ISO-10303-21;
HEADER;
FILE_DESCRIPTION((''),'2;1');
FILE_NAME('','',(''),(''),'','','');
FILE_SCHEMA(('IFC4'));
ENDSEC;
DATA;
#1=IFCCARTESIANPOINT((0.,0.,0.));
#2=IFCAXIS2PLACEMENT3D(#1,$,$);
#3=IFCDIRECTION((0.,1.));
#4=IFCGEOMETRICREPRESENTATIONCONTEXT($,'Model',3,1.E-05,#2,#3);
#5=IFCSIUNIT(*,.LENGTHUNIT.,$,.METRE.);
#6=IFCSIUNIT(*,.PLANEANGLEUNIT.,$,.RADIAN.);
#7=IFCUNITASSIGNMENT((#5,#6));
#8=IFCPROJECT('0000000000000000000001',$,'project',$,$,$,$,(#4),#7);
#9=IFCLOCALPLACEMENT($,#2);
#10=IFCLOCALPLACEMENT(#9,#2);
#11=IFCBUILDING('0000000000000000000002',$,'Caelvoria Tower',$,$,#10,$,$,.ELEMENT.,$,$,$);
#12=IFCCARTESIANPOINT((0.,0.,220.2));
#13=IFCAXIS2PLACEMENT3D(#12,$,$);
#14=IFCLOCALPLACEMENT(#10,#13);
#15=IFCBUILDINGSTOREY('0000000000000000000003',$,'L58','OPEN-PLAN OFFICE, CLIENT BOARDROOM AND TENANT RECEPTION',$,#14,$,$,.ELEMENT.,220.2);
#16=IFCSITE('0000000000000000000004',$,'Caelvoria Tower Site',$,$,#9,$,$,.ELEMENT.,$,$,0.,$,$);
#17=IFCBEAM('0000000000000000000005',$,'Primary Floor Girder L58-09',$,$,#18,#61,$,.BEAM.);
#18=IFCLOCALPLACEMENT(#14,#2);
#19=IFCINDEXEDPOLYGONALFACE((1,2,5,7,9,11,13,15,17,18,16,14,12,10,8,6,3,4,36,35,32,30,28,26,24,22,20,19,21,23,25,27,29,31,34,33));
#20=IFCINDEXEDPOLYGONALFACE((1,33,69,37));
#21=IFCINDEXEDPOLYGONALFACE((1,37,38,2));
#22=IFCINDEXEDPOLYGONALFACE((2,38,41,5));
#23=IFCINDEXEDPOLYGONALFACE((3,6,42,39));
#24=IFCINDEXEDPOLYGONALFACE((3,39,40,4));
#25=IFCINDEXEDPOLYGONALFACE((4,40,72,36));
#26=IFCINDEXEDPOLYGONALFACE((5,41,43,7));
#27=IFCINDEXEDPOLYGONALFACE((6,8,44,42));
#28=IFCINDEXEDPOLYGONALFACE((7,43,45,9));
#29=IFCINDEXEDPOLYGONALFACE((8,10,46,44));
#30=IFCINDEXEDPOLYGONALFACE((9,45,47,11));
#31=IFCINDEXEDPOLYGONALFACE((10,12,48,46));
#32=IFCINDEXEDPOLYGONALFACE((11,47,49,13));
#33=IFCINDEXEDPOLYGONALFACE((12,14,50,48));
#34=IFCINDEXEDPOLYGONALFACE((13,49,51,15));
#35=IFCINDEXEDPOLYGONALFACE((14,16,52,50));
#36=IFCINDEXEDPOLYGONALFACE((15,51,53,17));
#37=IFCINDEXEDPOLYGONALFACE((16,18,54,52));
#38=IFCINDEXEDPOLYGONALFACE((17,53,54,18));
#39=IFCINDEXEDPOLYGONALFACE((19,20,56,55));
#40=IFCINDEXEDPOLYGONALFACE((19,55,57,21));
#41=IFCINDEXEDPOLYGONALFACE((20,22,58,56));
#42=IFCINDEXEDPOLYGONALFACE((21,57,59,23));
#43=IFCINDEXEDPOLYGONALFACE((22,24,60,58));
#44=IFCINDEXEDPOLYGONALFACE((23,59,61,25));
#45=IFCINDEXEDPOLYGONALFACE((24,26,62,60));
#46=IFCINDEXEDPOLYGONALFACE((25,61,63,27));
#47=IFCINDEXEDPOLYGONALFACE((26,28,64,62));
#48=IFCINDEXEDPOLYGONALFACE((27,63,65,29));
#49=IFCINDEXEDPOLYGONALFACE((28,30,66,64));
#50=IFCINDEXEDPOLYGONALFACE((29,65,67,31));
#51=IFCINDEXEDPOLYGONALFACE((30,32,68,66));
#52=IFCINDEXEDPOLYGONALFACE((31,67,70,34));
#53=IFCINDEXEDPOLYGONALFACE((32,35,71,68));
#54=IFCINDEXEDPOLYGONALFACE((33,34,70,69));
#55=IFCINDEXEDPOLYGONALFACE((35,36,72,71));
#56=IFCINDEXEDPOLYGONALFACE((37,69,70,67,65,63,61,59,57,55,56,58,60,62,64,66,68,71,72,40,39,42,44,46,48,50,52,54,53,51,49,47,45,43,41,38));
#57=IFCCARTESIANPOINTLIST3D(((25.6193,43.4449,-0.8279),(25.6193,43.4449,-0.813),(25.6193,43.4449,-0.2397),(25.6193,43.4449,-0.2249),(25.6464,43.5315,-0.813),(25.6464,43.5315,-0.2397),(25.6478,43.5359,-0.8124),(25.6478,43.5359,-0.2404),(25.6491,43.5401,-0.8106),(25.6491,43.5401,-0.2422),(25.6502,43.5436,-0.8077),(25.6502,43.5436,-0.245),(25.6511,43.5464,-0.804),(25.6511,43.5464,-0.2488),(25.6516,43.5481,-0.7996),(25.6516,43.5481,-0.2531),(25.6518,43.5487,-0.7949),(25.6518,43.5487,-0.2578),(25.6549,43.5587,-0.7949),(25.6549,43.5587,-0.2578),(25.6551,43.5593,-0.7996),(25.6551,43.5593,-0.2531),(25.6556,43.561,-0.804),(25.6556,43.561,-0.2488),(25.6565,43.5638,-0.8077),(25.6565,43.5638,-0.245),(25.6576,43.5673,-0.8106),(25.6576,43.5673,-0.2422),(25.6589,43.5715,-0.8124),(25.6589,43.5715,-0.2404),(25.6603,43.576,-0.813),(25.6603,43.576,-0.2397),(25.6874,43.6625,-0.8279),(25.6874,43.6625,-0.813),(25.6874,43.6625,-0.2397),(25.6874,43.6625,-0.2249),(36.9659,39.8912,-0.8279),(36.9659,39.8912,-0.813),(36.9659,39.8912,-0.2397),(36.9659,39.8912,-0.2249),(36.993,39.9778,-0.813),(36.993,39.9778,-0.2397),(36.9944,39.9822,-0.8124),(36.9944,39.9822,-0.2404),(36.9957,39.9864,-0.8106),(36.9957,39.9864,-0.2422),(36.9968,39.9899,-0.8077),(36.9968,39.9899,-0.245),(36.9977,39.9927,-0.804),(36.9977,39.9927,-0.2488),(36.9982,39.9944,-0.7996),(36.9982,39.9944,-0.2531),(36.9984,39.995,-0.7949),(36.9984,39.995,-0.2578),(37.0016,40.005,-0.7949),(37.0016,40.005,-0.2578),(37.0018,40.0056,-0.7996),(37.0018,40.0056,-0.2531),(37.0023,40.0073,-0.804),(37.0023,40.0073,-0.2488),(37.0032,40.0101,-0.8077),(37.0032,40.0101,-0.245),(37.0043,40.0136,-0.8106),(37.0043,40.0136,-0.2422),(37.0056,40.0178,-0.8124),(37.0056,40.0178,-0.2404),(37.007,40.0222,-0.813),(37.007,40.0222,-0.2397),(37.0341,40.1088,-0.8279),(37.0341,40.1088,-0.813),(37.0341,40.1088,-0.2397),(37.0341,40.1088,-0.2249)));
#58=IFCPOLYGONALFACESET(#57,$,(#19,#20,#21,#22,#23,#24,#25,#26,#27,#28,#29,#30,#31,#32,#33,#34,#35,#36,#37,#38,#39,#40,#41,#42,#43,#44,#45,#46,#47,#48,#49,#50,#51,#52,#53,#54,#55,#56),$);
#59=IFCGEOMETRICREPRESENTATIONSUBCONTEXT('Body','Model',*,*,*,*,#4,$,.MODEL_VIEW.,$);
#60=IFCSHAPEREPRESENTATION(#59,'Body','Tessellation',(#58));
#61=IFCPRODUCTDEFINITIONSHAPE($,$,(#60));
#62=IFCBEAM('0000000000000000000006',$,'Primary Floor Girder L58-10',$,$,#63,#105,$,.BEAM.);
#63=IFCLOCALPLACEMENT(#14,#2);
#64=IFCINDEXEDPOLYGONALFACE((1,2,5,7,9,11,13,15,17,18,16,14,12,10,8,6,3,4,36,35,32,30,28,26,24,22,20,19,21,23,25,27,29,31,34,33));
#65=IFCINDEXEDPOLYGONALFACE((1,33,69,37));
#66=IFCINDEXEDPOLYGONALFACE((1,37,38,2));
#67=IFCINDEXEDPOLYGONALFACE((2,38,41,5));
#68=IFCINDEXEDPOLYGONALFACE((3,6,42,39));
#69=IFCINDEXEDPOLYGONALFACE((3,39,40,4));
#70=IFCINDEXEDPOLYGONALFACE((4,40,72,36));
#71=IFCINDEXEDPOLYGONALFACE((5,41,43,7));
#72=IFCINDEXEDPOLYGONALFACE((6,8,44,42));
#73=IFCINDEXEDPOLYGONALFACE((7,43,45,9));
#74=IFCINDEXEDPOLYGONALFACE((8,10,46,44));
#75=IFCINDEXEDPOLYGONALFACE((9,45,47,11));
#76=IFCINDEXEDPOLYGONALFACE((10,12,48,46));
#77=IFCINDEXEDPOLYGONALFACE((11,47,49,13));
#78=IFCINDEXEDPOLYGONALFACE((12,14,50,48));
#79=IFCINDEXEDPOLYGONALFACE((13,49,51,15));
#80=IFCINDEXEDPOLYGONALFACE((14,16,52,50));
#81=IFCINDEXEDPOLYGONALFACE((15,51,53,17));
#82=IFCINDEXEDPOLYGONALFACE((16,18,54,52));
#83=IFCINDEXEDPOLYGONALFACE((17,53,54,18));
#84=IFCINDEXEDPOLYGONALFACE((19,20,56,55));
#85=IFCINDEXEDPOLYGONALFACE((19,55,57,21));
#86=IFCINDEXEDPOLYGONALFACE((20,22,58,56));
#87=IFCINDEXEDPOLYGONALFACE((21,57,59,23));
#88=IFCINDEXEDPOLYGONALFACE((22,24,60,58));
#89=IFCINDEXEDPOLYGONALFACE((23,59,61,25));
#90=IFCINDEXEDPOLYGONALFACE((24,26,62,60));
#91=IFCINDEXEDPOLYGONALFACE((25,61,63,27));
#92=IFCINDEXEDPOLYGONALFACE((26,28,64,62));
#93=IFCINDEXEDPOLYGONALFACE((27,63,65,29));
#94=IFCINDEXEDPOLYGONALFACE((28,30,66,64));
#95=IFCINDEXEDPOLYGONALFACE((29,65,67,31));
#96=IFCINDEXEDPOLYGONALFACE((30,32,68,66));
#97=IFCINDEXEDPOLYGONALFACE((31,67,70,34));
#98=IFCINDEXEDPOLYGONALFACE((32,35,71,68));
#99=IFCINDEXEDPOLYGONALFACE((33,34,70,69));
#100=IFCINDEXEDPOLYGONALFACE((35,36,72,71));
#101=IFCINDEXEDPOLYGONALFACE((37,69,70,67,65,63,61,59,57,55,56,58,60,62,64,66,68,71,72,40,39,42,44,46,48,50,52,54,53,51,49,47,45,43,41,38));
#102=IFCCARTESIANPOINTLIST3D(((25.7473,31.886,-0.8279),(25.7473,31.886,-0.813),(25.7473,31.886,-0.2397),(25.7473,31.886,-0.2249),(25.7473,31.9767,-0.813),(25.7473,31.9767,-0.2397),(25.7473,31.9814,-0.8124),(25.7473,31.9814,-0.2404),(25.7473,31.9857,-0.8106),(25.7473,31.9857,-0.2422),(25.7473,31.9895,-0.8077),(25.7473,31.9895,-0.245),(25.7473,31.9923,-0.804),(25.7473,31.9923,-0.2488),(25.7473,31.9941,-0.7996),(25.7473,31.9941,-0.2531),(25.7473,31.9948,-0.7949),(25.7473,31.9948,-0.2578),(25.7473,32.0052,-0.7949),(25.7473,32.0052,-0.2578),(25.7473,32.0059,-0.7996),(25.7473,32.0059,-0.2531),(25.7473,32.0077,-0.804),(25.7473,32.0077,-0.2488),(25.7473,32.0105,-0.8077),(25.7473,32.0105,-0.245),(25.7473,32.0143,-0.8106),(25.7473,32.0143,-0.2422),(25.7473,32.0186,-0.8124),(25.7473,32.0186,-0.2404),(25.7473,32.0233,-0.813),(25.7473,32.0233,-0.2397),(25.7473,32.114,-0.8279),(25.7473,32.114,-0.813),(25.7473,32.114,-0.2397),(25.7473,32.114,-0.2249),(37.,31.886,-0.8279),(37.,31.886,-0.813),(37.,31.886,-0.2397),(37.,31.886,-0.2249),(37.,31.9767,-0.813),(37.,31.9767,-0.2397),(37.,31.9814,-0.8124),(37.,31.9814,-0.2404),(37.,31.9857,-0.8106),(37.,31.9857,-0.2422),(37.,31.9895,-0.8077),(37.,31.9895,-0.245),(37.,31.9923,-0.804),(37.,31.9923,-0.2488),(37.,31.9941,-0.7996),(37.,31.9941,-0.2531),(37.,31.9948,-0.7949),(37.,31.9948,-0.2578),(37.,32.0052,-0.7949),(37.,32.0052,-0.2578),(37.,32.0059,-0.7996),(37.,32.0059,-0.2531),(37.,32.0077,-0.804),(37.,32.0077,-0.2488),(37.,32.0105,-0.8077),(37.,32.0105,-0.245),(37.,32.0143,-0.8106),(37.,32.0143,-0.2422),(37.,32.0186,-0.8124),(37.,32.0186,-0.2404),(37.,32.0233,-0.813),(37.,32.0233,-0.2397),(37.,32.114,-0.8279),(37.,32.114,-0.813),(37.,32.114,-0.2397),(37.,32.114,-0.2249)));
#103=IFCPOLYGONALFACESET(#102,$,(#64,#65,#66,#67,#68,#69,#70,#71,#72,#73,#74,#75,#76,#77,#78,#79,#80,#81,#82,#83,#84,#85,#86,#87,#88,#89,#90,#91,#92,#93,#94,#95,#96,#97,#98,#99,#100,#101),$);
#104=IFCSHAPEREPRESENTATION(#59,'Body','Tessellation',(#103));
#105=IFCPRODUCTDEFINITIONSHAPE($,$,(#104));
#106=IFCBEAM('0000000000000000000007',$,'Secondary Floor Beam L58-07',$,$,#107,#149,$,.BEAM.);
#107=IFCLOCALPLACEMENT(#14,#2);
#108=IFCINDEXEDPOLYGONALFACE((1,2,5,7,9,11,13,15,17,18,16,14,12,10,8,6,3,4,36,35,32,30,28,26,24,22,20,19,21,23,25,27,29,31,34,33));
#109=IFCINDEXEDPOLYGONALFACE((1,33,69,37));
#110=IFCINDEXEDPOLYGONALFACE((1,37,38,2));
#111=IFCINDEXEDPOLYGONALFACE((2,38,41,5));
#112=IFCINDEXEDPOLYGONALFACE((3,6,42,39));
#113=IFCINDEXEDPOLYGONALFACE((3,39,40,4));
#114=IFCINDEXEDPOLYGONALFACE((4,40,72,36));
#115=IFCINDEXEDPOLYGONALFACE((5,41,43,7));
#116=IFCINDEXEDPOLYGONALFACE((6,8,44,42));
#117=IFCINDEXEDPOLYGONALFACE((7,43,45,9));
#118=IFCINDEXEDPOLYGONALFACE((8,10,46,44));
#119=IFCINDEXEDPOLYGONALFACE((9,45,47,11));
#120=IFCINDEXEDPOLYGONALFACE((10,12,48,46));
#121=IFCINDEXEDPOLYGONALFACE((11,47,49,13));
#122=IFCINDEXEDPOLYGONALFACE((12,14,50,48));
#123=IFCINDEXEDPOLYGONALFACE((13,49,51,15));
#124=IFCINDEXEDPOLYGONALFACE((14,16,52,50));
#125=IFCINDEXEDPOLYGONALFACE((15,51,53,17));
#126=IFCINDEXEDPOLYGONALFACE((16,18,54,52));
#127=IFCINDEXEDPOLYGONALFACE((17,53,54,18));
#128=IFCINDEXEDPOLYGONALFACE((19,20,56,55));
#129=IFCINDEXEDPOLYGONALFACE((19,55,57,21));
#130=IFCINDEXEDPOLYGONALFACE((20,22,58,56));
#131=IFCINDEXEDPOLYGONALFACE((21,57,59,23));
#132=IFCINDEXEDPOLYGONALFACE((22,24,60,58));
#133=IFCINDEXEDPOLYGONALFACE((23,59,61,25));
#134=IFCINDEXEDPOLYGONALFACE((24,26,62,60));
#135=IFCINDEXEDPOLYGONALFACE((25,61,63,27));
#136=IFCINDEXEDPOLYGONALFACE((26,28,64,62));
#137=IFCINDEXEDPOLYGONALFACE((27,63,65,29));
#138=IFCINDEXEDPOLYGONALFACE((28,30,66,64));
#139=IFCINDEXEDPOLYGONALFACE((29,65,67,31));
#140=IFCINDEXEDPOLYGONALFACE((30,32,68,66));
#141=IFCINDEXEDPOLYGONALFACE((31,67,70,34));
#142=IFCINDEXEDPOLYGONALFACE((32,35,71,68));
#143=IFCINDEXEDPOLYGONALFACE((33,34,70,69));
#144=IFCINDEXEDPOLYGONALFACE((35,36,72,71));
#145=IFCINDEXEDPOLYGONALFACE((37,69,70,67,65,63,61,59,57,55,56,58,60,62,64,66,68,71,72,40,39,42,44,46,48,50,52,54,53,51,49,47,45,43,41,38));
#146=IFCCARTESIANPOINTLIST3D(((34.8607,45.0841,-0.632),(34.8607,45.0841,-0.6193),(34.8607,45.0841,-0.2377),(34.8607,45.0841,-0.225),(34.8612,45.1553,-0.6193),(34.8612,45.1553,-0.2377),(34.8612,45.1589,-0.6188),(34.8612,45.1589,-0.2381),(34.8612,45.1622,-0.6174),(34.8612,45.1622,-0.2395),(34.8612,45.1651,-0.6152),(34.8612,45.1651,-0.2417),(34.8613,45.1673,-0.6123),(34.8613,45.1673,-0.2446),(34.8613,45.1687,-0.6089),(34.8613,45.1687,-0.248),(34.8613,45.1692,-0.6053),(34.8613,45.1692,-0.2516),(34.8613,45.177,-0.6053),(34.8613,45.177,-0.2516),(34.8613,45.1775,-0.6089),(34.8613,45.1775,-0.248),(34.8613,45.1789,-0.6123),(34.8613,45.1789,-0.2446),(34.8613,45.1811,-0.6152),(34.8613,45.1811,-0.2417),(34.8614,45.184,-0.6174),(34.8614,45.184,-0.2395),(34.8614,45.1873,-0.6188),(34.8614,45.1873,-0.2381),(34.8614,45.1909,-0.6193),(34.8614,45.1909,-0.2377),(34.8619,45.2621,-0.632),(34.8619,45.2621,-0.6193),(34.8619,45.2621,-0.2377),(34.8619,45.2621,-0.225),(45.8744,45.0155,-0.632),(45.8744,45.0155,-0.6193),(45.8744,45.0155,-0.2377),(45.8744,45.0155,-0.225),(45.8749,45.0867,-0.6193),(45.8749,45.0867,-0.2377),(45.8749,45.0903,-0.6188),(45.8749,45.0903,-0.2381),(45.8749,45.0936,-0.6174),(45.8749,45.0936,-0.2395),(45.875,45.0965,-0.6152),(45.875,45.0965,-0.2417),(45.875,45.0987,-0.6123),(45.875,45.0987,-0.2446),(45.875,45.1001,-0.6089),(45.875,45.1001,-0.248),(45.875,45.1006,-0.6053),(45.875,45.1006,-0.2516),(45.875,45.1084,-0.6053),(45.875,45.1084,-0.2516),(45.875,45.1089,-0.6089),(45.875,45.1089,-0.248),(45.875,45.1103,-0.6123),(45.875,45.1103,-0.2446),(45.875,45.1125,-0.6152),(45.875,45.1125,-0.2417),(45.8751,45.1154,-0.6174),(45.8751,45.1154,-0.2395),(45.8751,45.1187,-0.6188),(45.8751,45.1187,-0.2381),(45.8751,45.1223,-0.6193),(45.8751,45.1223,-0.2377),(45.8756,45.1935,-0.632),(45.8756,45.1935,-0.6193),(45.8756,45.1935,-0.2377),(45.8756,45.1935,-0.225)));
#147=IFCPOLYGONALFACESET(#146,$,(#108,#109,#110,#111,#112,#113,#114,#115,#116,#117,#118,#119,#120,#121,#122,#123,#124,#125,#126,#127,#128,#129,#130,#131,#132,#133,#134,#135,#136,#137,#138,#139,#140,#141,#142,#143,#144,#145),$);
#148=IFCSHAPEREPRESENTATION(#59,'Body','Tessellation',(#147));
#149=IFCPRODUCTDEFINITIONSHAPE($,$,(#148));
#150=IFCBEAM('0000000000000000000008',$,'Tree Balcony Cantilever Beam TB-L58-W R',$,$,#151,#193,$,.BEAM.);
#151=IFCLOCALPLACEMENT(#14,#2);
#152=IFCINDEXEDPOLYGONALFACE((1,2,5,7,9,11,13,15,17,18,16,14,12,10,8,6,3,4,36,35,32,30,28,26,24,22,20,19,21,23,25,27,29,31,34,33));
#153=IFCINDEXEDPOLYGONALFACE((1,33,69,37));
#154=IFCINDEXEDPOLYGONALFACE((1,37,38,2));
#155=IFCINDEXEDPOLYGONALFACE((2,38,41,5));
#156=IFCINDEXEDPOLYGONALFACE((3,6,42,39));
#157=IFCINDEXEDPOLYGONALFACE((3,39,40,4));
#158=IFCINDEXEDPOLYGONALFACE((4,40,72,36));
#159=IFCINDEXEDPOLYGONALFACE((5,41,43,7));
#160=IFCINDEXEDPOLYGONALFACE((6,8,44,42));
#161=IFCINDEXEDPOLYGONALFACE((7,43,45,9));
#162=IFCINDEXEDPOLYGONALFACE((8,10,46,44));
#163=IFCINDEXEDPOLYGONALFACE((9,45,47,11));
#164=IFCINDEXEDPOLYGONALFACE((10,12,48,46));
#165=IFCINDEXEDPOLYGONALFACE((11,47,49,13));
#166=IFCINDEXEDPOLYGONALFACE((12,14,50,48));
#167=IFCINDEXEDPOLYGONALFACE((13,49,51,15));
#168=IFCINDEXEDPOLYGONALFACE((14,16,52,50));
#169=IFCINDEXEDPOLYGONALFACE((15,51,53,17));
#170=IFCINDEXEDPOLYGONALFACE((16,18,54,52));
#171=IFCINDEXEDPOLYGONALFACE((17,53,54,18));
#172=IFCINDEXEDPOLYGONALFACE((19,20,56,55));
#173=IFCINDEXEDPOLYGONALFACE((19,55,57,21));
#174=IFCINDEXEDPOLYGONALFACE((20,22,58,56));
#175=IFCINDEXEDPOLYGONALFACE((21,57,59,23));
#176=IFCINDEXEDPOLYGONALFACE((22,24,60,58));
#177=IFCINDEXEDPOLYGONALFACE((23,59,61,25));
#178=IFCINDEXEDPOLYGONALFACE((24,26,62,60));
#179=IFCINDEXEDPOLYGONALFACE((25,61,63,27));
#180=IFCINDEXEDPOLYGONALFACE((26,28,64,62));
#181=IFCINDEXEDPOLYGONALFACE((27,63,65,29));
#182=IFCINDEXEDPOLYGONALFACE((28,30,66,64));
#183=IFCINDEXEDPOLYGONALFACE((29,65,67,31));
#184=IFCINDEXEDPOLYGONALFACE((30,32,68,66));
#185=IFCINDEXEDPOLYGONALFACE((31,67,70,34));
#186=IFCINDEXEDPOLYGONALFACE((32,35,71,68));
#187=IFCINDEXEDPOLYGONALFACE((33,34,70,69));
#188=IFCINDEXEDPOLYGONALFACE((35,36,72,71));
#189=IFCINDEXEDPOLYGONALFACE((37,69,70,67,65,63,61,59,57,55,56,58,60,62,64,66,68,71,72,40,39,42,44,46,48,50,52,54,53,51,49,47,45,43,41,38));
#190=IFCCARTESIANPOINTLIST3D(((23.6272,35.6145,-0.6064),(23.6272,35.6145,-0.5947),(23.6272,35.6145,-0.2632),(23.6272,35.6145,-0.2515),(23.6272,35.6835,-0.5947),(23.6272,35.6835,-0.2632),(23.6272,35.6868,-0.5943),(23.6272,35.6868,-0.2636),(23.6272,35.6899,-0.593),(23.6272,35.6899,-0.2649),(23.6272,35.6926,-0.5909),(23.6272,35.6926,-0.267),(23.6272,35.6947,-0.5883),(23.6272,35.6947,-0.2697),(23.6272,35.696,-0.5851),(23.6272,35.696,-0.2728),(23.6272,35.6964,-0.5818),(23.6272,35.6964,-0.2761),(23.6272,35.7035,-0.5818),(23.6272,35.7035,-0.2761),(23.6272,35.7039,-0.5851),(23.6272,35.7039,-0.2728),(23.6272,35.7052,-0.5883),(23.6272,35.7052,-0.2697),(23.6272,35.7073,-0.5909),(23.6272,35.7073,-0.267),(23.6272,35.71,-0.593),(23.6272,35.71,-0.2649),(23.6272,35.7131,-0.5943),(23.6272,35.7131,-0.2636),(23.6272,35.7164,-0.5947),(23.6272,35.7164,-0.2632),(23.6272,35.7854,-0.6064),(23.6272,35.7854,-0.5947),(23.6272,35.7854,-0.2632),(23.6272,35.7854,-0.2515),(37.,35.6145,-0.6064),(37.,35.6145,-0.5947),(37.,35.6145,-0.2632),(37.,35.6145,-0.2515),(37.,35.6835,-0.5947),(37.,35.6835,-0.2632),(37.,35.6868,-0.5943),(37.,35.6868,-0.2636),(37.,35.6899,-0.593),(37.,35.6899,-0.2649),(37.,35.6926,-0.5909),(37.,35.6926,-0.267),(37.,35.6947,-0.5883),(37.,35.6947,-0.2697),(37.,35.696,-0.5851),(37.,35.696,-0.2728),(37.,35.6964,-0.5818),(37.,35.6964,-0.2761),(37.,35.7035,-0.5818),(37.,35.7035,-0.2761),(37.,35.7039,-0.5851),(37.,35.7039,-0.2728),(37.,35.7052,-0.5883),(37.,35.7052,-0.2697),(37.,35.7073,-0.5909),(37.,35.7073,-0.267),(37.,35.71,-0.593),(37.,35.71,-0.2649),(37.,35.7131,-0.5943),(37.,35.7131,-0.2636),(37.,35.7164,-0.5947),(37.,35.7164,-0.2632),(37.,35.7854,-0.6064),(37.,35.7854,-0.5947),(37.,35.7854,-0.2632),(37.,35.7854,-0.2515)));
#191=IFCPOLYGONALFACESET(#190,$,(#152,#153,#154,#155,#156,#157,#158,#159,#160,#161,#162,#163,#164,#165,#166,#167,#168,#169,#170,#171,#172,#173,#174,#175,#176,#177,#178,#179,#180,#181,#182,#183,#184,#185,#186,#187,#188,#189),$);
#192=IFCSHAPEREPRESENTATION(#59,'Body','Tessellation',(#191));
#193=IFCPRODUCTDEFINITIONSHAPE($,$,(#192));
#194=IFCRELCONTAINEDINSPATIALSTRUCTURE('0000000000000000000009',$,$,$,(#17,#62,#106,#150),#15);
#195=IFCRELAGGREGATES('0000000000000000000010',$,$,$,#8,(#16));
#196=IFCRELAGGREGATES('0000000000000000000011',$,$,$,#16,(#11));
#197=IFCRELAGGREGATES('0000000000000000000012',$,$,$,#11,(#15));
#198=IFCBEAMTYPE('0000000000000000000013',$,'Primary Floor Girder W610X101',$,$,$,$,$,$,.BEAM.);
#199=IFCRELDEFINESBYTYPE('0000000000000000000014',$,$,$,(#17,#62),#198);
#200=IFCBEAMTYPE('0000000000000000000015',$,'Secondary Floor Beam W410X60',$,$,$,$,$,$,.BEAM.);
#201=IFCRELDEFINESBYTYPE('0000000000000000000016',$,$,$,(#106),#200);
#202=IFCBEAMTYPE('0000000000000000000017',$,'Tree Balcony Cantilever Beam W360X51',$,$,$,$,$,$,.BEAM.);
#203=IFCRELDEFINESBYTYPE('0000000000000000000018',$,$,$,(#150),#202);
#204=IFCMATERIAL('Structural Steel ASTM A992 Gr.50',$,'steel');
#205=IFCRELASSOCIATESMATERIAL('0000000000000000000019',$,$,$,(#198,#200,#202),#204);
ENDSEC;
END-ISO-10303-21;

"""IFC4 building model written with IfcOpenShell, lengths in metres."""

from ifc_helpers import new_model, si_unit, direction, frame, origin, origin_2d, place, context, subcontext, project, spatial, i_section, extrude, material, material_profile, profile_set, type_object, element, save


model = new_model("IFC4")

# Units and contexts
model_context = context("Model", 3, precision=1e-05, world=origin(), true_north=direction((0.0, 1.0)))
body_context = subcontext(model_context, "Body", "Model", "MODEL_VIEW")
ifc_project = project(units=[si_unit("LENGTHUNIT", "METRE"), si_unit("PLANEANGLEUNIT", "RADIAN")], contexts=[model_context])

# Site, building, storey
site_placement = place(None, origin())
site = spatial("IfcSite", under=ifc_project, at=site_placement, Name="Caelvoria Tower Site", CompositionType="ELEMENT", RefElevation=0.0)
building_placement = place(site_placement, origin())
building = spatial("IfcBuilding", under=site, at=building_placement, Name="Caelvoria Tower", CompositionType="ELEMENT")
storey_placement = place(building_placement, frame((0.0, 0.0, 220.2)))
storey = spatial("IfcBuildingStorey", under=building, at=storey_placement, Name="L58", Description="OPEN-PLAN OFFICE, CLIENT BOARDROOM AND TENANT RECEPTION", CompositionType="ELEMENT", Elevation=220.2)

# Shared definitions
ifc_material_1 = material(Name="Structural Steel ASTM A992 Gr.50", Category="steel")

# Beams
ifc_material_profile_1 = material_profile(ifc_material_1, i_section(OverallWidth=0.228, OverallDepth=0.603, WebThickness=0.0105, FlangeThickness=0.0149, FilletRadius=0.0181, at=origin_2d()), Name="Structural Steel ASTM A992 Gr.50")
ifc_profile_set_1 = profile_set([ifc_material_profile_1], Name="W610X101 - Structural Steel ASTM A992 Gr.50")
beam_type_1 = type_object("IfcBeamType", Name="Primary Floor Girder W610X101", PredefinedType="BEAM", material=ifc_profile_set_1)
beam_1_placement = place(storey_placement, frame((37.0, 40.0, -0.5264), z_axis=(-0.954291, 0.298878, 0.0), x_axis=(-0.298878, -0.954291, 0.0)))
element("IfcBeam", 1, at=beam_1_placement, inside=storey, type_object=beam_type_1, Name="Primary Floor Girder L58-09", PredefinedType="BEAM", context=body_context, shape_type="SweptSolid", body=[
    extrude(i_section(OverallWidth=0.228, OverallDepth=0.603, WebThickness=0.0105, FlangeThickness=0.0149, FilletRadius=0.0181, at=origin_2d()), origin(), (0.0, 0.0, 1.0), 11.8901),
])
beam_2_placement = place(storey_placement, frame((37.0, 32.0, -0.5264), z_axis=(-1.0, 0.0, 0.0), x_axis=(0.0, -1.0, 0.0)))
element("IfcBeam", 2, at=beam_2_placement, inside=storey, type_object=beam_type_1, Name="Primary Floor Girder L58-10", PredefinedType="BEAM", context=body_context, shape_type="SweptSolid", body=[
    extrude(i_section(OverallWidth=0.228, OverallDepth=0.603, WebThickness=0.0105, FlangeThickness=0.0149, FilletRadius=0.0181, at=origin_2d()), origin(), (0.0, 0.0, 1.0), 11.2527),
])
ifc_material_profile_2 = material_profile(ifc_material_1, i_section(OverallWidth=0.178, OverallDepth=0.407, WebThickness=0.0078, FlangeThickness=0.0127, FilletRadius=0.0139, at=origin_2d()), Name="Structural Steel ASTM A992 Gr.50")
ifc_profile_set_2 = profile_set([ifc_material_profile_2], Name="W410X60 - Structural Steel ASTM A992 Gr.50")
beam_type_2 = type_object("IfcBeamType", Name="Secondary Floor Beam W410X60", PredefinedType="BEAM", material=ifc_profile_set_2)
beam_3_placement = place(storey_placement, frame((45.875, 45.1045, -0.4285), z_axis=(-0.999981, 0.006229, 0.0), x_axis=(-0.006229, -0.999981, 0.0)))
element("IfcBeam", 3, at=beam_3_placement, inside=storey, type_object=beam_type_2, Name="Secondary Floor Beam L58-07", PredefinedType="BEAM", context=body_context, shape_type="SweptSolid", body=[
    extrude(i_section(OverallWidth=0.178, OverallDepth=0.407, WebThickness=0.0078, FlangeThickness=0.0127, FilletRadius=0.0139, at=origin_2d()), origin(), (0.0, 0.0, 1.0), 11.0139),
])
ifc_material_profile_3 = material_profile(ifc_material_1, i_section(OverallWidth=0.1709, OverallDepth=0.355, WebThickness=0.0071, FlangeThickness=0.0117, FilletRadius=0.0129, at=origin_2d()), Name="Structural Steel ASTM A992 Gr.50")
ifc_profile_set_3 = profile_set([ifc_material_profile_3], Name="W360X51 - Structural Steel ASTM A992 Gr.50")
beam_type_3 = type_object("IfcBeamType", Name="Tree Balcony Cantilever Beam W360X51", PredefinedType="BEAM", material=ifc_profile_set_3)
beam_4_placement = place(storey_placement, frame((37.0, 35.7, -0.429), z_axis=(-1.0, 0.0, 0.0), x_axis=(0.0, -1.0, 0.0)))
element("IfcBeam", 4, at=beam_4_placement, inside=storey, type_object=beam_type_3, Name="Tree Balcony Cantilever Beam TB-L58-W R", PredefinedType="BEAM", context=body_context, shape_type="SweptSolid", body=[
    extrude(i_section(OverallWidth=0.1709, OverallDepth=0.355, WebThickness=0.0071, FlangeThickness=0.0117, FilletRadius=0.0129, at=origin_2d()), origin(), (0.0, 0.0, 1.0), 13.3728),
])

save(model, "model.ifc")
